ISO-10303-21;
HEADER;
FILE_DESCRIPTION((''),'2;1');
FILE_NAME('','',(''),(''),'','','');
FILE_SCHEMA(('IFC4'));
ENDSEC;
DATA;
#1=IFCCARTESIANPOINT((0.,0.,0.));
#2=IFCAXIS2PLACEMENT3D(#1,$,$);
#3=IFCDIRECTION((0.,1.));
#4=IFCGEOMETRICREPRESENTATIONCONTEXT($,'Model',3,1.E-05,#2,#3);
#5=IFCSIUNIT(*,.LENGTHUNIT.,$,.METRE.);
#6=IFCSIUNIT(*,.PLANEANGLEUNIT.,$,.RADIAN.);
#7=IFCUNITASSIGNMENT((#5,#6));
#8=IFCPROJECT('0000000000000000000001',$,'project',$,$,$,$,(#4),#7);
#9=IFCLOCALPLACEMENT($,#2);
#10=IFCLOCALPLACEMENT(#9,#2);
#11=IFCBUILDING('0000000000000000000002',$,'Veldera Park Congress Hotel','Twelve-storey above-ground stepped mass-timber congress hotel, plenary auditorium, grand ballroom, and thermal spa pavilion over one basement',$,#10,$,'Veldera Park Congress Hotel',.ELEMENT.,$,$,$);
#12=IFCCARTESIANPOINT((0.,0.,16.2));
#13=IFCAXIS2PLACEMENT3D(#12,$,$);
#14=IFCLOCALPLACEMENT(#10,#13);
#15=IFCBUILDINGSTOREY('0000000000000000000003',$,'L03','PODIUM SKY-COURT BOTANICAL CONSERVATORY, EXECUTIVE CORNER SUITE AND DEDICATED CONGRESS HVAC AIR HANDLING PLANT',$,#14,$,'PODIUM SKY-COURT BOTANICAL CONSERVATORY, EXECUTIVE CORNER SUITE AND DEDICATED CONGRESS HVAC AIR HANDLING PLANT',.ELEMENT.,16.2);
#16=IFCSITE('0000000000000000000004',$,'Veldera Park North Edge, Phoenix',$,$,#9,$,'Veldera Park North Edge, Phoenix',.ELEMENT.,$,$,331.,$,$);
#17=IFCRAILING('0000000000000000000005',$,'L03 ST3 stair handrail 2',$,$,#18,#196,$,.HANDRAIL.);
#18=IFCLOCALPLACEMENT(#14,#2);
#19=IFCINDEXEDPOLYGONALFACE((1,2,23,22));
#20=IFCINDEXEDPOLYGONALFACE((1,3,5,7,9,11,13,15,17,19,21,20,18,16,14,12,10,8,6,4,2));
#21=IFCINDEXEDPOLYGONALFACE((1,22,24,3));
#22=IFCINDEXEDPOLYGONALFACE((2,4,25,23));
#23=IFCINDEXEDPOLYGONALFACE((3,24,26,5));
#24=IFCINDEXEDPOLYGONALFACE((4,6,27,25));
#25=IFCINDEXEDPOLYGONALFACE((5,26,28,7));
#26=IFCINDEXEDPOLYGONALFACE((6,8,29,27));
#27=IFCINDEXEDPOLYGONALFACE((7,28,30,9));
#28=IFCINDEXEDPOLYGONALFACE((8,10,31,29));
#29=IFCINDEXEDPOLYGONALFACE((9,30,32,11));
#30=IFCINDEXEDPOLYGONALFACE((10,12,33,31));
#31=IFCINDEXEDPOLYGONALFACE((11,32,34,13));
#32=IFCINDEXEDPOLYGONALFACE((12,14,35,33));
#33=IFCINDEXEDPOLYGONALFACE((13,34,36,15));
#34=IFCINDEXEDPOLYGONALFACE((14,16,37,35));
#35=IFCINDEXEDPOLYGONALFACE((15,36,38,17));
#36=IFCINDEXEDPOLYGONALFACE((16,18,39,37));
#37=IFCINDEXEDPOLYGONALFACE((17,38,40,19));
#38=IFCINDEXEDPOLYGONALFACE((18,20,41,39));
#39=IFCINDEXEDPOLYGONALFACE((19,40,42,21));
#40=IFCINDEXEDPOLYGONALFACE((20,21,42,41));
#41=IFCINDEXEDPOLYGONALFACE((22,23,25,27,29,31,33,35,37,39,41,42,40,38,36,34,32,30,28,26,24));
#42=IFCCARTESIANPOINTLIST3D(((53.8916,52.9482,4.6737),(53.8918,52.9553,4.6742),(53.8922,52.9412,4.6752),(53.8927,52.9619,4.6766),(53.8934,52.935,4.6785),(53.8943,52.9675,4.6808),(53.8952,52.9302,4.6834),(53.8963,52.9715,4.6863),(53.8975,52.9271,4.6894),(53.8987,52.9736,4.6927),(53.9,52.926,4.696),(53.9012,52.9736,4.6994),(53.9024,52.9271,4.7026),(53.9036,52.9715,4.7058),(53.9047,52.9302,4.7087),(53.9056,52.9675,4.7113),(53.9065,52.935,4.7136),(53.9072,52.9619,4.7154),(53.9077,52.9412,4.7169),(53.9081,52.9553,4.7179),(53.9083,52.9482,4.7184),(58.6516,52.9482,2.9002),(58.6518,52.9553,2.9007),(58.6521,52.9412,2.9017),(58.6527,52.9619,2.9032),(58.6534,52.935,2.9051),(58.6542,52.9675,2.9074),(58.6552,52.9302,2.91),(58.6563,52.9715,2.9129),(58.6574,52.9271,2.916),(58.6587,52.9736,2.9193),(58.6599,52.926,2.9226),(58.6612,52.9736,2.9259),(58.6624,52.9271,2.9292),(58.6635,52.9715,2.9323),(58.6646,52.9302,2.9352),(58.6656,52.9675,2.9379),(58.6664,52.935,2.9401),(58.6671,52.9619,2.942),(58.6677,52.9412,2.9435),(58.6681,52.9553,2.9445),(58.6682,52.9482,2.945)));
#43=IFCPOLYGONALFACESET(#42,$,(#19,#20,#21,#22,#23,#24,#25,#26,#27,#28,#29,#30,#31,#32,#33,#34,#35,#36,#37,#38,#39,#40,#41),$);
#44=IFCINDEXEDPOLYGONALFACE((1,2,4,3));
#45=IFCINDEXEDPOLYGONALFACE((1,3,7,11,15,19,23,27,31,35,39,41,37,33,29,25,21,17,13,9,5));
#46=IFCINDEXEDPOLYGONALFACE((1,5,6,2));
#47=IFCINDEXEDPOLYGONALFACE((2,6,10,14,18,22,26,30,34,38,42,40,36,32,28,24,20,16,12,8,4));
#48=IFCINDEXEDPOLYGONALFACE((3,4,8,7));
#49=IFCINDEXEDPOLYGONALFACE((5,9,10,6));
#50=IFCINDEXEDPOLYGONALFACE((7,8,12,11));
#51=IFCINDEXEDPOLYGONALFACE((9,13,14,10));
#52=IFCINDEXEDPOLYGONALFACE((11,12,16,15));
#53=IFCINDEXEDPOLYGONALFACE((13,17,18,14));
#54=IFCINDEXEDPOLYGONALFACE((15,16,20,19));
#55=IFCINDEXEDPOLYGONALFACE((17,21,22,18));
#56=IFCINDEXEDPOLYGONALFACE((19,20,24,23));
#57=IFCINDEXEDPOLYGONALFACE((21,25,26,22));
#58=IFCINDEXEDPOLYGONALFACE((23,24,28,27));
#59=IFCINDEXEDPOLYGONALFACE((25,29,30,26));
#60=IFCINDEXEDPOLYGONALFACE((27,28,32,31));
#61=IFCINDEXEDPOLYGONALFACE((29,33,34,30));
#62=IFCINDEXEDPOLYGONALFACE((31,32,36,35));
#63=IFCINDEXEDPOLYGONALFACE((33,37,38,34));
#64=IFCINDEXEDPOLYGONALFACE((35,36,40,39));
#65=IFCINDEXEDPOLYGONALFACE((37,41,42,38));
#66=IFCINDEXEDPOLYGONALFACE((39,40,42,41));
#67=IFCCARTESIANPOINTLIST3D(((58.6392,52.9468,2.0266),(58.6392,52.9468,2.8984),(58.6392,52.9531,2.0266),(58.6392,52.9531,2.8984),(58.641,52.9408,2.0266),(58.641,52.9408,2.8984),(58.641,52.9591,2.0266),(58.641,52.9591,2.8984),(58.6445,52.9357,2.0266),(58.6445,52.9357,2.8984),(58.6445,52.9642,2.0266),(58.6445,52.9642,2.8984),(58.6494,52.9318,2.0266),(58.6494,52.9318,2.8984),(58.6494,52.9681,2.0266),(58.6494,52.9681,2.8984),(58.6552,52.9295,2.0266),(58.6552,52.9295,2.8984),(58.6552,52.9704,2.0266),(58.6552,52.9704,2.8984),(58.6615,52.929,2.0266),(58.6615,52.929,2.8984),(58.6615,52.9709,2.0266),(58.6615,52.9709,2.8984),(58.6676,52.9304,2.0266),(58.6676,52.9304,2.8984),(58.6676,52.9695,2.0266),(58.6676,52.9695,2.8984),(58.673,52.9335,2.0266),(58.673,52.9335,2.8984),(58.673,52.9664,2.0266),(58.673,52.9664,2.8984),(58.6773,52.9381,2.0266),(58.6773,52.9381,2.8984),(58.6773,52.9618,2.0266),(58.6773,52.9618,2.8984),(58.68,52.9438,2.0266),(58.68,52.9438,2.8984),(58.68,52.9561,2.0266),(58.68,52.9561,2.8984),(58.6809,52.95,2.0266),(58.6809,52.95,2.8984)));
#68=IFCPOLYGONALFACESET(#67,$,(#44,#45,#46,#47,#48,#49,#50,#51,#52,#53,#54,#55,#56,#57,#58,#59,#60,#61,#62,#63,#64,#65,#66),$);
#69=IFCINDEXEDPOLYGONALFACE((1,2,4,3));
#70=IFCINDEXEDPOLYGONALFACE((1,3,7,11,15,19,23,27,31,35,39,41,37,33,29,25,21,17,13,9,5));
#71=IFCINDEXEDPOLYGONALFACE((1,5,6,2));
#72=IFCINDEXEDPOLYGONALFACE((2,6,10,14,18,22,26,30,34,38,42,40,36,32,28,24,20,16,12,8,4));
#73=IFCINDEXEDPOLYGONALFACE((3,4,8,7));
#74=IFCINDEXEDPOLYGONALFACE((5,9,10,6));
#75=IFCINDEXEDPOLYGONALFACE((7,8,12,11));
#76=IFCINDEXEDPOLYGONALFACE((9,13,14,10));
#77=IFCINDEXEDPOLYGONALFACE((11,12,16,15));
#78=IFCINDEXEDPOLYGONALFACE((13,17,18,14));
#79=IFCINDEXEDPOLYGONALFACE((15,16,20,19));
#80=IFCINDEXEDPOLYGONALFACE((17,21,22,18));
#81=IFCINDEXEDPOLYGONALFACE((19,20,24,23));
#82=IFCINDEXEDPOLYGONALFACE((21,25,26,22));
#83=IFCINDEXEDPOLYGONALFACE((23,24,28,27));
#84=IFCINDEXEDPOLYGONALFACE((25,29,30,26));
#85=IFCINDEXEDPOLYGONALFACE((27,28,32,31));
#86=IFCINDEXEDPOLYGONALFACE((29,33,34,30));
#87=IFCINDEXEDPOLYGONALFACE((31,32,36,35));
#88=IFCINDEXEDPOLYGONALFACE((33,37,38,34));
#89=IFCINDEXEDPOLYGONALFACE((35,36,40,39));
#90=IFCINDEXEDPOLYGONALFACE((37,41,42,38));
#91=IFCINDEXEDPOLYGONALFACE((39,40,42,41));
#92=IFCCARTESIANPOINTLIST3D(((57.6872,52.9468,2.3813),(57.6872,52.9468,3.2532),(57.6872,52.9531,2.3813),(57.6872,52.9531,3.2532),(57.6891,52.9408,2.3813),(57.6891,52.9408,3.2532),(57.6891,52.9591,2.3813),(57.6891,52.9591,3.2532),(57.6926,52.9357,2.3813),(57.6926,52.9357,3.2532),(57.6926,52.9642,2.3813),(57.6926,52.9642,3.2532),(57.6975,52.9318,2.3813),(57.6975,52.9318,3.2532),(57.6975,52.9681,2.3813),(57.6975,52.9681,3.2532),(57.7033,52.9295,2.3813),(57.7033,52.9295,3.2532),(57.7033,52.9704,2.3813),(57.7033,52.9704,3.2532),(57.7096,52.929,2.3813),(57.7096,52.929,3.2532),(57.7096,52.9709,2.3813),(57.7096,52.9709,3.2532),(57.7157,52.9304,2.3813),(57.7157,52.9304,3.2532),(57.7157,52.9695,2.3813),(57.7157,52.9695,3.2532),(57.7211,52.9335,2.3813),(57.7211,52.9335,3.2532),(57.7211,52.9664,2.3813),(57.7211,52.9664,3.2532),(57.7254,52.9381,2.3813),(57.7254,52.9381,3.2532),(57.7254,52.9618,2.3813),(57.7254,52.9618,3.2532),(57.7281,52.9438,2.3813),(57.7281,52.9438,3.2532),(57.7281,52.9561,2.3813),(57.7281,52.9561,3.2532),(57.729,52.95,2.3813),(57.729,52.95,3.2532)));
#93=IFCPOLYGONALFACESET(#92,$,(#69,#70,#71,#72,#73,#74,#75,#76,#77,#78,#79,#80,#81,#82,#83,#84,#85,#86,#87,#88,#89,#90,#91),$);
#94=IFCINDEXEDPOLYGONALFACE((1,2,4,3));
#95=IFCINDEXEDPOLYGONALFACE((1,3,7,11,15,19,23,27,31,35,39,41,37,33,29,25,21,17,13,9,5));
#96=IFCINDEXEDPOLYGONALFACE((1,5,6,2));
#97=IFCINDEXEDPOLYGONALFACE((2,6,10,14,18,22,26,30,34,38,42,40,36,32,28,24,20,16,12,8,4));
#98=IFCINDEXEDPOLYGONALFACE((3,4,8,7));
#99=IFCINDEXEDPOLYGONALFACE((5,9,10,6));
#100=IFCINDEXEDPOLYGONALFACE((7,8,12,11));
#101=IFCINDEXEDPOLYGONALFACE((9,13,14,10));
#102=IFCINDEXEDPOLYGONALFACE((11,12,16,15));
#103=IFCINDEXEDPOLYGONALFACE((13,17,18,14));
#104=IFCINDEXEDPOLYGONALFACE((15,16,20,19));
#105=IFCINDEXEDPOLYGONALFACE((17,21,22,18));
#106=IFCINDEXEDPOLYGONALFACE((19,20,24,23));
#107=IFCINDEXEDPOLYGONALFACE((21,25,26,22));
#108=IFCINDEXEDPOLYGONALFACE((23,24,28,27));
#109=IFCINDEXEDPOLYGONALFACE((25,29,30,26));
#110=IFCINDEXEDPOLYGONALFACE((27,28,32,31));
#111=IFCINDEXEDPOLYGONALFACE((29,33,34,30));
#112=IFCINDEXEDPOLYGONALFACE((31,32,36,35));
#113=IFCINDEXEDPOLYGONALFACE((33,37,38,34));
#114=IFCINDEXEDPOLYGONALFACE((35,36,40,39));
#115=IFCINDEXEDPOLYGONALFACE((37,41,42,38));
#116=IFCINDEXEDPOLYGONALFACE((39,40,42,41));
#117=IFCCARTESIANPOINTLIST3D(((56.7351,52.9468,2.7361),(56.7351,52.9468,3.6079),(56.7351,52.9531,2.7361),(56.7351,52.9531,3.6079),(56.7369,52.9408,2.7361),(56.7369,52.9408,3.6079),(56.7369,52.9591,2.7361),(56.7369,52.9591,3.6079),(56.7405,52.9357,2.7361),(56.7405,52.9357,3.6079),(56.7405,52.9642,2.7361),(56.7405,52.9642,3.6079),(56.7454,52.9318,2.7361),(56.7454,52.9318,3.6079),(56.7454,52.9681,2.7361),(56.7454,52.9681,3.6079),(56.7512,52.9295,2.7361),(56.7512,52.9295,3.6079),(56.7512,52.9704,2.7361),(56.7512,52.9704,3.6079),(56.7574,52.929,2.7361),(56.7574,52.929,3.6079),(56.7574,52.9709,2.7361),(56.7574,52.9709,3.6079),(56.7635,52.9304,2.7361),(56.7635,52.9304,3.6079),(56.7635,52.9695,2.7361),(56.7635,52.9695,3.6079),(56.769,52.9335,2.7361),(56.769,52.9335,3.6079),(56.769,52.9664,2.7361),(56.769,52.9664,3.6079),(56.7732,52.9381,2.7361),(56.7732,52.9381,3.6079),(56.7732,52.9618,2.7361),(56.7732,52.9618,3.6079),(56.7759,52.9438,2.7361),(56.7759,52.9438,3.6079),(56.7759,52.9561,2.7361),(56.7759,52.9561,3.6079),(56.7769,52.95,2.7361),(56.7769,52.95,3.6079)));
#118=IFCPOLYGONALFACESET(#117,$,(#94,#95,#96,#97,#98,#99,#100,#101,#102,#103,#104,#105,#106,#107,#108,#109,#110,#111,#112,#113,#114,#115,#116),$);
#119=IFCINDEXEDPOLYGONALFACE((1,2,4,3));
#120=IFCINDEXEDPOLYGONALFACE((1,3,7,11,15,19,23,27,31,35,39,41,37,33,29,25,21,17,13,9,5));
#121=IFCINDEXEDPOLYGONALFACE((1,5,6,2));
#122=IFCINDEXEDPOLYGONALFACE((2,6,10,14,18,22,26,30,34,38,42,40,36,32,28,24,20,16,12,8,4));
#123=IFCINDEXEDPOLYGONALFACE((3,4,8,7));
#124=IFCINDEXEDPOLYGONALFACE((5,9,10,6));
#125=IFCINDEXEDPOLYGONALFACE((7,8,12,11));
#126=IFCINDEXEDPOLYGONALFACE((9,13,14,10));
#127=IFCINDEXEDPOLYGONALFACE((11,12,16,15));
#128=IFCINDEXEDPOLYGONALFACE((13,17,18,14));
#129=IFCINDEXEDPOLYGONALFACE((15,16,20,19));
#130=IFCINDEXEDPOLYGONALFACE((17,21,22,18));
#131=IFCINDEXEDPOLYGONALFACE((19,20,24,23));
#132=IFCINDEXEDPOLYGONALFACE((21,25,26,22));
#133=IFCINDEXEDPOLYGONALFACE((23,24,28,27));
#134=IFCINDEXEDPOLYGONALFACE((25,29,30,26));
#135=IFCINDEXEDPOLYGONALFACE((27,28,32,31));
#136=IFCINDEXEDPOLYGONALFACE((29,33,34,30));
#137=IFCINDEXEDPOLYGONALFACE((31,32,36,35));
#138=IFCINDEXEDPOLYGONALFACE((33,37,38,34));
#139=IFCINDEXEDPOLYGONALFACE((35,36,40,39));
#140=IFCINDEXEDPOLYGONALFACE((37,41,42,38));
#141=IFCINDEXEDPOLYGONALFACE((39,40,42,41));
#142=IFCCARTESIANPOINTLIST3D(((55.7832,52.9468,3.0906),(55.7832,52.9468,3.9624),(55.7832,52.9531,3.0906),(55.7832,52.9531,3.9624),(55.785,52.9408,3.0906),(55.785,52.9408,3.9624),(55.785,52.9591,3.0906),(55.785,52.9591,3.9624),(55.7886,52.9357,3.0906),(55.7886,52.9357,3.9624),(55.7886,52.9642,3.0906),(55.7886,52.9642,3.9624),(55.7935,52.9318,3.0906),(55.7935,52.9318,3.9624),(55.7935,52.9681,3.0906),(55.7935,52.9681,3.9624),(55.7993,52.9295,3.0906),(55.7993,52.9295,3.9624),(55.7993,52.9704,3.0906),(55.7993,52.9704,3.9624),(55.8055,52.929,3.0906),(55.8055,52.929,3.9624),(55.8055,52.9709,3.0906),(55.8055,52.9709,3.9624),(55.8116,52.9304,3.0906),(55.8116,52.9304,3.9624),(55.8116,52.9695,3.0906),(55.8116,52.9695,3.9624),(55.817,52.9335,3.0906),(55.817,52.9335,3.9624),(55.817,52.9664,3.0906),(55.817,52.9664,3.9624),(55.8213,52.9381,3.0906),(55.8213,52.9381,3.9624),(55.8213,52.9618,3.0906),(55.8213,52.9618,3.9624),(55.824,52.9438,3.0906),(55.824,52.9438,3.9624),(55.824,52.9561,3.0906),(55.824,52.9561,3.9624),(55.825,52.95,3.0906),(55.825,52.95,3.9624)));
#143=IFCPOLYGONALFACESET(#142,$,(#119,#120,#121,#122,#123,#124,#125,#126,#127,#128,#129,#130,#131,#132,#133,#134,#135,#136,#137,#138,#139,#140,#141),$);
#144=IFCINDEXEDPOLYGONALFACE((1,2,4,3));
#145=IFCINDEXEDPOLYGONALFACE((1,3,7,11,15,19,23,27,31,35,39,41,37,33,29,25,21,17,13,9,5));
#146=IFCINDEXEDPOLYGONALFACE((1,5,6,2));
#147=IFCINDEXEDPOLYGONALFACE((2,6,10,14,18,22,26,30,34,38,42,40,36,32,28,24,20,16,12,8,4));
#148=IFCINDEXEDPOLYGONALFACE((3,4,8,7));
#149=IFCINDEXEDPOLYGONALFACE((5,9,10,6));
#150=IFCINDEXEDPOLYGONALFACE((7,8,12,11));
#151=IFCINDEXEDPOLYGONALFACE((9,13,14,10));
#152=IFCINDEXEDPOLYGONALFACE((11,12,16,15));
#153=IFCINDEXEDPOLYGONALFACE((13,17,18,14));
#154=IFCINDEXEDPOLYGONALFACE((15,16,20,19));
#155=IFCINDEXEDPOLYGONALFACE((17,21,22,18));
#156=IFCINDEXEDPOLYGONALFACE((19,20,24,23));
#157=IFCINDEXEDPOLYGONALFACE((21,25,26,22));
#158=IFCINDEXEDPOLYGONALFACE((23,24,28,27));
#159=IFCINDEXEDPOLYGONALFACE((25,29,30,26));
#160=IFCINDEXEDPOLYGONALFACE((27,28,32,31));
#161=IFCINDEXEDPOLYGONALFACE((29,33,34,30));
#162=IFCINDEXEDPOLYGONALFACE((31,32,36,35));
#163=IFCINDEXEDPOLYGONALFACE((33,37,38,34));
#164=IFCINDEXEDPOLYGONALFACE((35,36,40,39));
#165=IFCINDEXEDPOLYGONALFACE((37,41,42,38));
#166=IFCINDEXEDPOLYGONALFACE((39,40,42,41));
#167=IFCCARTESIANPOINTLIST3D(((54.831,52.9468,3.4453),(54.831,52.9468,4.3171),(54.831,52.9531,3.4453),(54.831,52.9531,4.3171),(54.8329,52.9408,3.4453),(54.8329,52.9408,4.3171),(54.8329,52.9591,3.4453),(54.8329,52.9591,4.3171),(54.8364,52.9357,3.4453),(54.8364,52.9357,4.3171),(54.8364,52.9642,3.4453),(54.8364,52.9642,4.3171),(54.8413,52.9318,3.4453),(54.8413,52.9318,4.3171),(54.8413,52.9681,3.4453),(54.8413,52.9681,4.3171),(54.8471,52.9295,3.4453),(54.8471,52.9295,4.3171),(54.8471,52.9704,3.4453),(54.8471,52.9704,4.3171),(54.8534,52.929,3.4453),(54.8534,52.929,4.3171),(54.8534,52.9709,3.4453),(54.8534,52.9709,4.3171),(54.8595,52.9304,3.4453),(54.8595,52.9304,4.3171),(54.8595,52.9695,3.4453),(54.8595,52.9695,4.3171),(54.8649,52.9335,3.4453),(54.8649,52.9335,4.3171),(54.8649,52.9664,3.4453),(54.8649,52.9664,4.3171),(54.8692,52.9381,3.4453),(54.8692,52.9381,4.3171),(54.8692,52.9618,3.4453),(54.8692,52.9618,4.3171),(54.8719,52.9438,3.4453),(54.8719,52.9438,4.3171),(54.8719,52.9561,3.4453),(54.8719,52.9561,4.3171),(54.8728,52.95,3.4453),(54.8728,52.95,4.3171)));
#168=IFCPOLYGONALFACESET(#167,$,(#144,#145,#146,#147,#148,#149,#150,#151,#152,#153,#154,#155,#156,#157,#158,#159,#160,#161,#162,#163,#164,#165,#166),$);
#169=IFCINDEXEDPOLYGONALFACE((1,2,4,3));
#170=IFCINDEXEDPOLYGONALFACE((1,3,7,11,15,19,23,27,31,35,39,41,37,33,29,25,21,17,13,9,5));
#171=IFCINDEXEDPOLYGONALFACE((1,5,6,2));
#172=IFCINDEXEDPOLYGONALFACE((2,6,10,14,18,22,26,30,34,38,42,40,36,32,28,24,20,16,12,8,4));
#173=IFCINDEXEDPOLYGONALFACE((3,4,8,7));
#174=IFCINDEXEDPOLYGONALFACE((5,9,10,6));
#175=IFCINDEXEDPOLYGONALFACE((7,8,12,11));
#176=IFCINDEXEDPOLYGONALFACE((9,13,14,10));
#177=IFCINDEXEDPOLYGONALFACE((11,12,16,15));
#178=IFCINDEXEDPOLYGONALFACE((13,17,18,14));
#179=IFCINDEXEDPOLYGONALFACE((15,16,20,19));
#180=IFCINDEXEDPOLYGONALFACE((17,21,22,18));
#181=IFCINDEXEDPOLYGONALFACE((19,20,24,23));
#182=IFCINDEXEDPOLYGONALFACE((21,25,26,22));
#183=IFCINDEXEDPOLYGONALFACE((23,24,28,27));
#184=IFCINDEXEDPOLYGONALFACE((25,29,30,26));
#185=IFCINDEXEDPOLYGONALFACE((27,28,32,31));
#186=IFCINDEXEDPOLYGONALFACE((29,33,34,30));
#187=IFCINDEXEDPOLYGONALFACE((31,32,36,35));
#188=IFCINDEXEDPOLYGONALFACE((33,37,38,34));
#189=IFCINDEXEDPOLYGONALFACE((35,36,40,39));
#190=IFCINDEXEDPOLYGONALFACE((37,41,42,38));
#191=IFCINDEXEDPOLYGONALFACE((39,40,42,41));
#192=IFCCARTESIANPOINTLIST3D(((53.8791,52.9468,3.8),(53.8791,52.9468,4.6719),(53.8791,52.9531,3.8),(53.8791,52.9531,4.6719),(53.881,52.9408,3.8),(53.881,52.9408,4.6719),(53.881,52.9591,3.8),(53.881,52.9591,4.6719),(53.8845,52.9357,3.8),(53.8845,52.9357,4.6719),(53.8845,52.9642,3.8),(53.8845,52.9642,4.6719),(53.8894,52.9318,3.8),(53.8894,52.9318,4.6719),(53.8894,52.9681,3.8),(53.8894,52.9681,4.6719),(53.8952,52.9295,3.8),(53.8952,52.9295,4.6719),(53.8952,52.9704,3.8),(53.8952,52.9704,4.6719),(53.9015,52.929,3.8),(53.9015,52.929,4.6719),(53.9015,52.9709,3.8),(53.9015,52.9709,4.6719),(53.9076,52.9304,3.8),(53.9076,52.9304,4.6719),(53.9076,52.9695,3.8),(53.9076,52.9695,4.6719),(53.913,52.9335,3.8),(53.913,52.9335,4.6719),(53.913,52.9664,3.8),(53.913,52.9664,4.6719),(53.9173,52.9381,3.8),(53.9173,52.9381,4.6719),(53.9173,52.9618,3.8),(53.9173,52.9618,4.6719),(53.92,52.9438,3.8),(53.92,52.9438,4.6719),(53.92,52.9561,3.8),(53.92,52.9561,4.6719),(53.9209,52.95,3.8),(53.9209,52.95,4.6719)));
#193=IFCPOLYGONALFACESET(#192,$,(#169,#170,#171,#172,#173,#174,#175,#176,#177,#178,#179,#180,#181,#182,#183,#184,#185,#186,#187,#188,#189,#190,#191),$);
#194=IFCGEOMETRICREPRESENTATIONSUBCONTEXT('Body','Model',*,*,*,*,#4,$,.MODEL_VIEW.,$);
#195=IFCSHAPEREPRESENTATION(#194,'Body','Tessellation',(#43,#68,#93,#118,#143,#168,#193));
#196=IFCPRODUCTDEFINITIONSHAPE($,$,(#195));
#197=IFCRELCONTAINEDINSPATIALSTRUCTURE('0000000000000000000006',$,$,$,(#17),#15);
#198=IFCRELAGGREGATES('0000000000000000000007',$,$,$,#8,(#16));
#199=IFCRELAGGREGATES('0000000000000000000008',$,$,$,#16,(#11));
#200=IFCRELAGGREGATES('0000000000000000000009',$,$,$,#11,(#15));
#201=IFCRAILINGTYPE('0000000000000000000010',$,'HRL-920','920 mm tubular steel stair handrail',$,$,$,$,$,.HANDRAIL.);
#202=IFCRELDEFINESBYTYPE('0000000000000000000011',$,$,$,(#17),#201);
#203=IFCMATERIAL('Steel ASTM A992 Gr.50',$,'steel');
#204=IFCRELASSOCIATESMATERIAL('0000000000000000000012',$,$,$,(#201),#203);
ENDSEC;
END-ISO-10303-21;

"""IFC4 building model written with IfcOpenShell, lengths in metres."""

from ifc_helpers import new_model, si_unit, direction, frame, origin, origin_2d, place, context, subcontext, project, spatial, circle, extrude, material, type_object, element, save


model = new_model("IFC4")

# Units and contexts
model_context = context("Model", 3, precision=1e-05, world=origin(), true_north=direction((0.0, 1.0)))
body_context = subcontext(model_context, "Body", "Model", "MODEL_VIEW")
ifc_project = project(units=[si_unit("LENGTHUNIT", "METRE"), si_unit("PLANEANGLEUNIT", "RADIAN")], contexts=[model_context])

# Site, building, storey
site_placement = place(None, origin())
site = spatial("IfcSite", under=ifc_project, at=site_placement, Name="Veldera Park North Edge, Phoenix", LongName="Veldera Park North Edge, Phoenix", CompositionType="ELEMENT", RefElevation=331.0)
building_placement = place(site_placement, origin())
building = spatial("IfcBuilding", under=site, at=building_placement, Name="Veldera Park Congress Hotel", Description="Twelve-storey above-ground stepped mass-timber congress hotel, plenary auditorium, grand ballroom, and thermal spa pavilion over one basement", LongName="Veldera Park Congress Hotel", CompositionType="ELEMENT")
storey_placement = place(building_placement, frame((0.0, 0.0, 16.2)))
storey = spatial("IfcBuildingStorey", under=building, at=storey_placement, Name="L03", Description="PODIUM SKY-COURT BOTANICAL CONSERVATORY, EXECUTIVE CORNER SUITE AND DEDICATED CONGRESS HVAC AIR HANDLING PLANT", LongName="PODIUM SKY-COURT BOTANICAL CONSERVATORY, EXECUTIVE CORNER SUITE AND DEDICATED CONGRESS HVAC AIR HANDLING PLANT", CompositionType="ELEMENT", Elevation=16.2)

# Railing
ifc_material_1 = material(Name="Steel ASTM A992 Gr.50", Category="steel")
railing_type_1 = type_object("IfcRailingType", Name="HRL-920", Description="920 mm tubular steel stair handrail", PredefinedType="HANDRAIL", material=ifc_material_1)
railing_1_placement = place(storey_placement, frame((58.6599, 52.95, 2.0266)))
element("IfcRailing", 1, at=railing_1_placement, inside=storey, type_object=railing_type_1, Name="L03 ST3 stair handrail 2", PredefinedType="HANDRAIL", context=body_context, shape_type="SweptSolid", body=[
    extrude(circle(Radius=0.0239, at=origin_2d()), frame((0.0, 0.0, 0.896), z_axis=(-0.937076, 0.0, 0.349126), x_axis=(0.0, -1.0, 0.0)), (0.0, 0.0, 1.0), 5.0796),
    extrude(circle(Radius=0.021, at=origin_2d()), origin(), (0.0, 0.0, 1.0), 0.8718),
    extrude(circle(Radius=0.021, at=origin_2d()), frame((-0.9519, 0.0, 0.3547)), (0.0, 0.0, 1.0), 0.8718),
    extrude(circle(Radius=0.021, at=origin_2d()), frame((-1.9041, 0.0, 0.7095)), (0.0, 0.0, 1.0), 0.8718),
    extrude(circle(Radius=0.021, at=origin_2d()), frame((-2.856, 0.0, 1.064)), (0.0, 0.0, 1.0), 0.8718),
    extrude(circle(Radius=0.021, at=origin_2d()), frame((-3.8081, 0.0, 1.4187)), (0.0, 0.0, 1.0), 0.8718),
    extrude(circle(Radius=0.021, at=origin_2d()), frame((-4.76, 0.0, 1.7734)), (0.0, 0.0, 1.0), 0.8718),
])

save(model, "model.ifc")
